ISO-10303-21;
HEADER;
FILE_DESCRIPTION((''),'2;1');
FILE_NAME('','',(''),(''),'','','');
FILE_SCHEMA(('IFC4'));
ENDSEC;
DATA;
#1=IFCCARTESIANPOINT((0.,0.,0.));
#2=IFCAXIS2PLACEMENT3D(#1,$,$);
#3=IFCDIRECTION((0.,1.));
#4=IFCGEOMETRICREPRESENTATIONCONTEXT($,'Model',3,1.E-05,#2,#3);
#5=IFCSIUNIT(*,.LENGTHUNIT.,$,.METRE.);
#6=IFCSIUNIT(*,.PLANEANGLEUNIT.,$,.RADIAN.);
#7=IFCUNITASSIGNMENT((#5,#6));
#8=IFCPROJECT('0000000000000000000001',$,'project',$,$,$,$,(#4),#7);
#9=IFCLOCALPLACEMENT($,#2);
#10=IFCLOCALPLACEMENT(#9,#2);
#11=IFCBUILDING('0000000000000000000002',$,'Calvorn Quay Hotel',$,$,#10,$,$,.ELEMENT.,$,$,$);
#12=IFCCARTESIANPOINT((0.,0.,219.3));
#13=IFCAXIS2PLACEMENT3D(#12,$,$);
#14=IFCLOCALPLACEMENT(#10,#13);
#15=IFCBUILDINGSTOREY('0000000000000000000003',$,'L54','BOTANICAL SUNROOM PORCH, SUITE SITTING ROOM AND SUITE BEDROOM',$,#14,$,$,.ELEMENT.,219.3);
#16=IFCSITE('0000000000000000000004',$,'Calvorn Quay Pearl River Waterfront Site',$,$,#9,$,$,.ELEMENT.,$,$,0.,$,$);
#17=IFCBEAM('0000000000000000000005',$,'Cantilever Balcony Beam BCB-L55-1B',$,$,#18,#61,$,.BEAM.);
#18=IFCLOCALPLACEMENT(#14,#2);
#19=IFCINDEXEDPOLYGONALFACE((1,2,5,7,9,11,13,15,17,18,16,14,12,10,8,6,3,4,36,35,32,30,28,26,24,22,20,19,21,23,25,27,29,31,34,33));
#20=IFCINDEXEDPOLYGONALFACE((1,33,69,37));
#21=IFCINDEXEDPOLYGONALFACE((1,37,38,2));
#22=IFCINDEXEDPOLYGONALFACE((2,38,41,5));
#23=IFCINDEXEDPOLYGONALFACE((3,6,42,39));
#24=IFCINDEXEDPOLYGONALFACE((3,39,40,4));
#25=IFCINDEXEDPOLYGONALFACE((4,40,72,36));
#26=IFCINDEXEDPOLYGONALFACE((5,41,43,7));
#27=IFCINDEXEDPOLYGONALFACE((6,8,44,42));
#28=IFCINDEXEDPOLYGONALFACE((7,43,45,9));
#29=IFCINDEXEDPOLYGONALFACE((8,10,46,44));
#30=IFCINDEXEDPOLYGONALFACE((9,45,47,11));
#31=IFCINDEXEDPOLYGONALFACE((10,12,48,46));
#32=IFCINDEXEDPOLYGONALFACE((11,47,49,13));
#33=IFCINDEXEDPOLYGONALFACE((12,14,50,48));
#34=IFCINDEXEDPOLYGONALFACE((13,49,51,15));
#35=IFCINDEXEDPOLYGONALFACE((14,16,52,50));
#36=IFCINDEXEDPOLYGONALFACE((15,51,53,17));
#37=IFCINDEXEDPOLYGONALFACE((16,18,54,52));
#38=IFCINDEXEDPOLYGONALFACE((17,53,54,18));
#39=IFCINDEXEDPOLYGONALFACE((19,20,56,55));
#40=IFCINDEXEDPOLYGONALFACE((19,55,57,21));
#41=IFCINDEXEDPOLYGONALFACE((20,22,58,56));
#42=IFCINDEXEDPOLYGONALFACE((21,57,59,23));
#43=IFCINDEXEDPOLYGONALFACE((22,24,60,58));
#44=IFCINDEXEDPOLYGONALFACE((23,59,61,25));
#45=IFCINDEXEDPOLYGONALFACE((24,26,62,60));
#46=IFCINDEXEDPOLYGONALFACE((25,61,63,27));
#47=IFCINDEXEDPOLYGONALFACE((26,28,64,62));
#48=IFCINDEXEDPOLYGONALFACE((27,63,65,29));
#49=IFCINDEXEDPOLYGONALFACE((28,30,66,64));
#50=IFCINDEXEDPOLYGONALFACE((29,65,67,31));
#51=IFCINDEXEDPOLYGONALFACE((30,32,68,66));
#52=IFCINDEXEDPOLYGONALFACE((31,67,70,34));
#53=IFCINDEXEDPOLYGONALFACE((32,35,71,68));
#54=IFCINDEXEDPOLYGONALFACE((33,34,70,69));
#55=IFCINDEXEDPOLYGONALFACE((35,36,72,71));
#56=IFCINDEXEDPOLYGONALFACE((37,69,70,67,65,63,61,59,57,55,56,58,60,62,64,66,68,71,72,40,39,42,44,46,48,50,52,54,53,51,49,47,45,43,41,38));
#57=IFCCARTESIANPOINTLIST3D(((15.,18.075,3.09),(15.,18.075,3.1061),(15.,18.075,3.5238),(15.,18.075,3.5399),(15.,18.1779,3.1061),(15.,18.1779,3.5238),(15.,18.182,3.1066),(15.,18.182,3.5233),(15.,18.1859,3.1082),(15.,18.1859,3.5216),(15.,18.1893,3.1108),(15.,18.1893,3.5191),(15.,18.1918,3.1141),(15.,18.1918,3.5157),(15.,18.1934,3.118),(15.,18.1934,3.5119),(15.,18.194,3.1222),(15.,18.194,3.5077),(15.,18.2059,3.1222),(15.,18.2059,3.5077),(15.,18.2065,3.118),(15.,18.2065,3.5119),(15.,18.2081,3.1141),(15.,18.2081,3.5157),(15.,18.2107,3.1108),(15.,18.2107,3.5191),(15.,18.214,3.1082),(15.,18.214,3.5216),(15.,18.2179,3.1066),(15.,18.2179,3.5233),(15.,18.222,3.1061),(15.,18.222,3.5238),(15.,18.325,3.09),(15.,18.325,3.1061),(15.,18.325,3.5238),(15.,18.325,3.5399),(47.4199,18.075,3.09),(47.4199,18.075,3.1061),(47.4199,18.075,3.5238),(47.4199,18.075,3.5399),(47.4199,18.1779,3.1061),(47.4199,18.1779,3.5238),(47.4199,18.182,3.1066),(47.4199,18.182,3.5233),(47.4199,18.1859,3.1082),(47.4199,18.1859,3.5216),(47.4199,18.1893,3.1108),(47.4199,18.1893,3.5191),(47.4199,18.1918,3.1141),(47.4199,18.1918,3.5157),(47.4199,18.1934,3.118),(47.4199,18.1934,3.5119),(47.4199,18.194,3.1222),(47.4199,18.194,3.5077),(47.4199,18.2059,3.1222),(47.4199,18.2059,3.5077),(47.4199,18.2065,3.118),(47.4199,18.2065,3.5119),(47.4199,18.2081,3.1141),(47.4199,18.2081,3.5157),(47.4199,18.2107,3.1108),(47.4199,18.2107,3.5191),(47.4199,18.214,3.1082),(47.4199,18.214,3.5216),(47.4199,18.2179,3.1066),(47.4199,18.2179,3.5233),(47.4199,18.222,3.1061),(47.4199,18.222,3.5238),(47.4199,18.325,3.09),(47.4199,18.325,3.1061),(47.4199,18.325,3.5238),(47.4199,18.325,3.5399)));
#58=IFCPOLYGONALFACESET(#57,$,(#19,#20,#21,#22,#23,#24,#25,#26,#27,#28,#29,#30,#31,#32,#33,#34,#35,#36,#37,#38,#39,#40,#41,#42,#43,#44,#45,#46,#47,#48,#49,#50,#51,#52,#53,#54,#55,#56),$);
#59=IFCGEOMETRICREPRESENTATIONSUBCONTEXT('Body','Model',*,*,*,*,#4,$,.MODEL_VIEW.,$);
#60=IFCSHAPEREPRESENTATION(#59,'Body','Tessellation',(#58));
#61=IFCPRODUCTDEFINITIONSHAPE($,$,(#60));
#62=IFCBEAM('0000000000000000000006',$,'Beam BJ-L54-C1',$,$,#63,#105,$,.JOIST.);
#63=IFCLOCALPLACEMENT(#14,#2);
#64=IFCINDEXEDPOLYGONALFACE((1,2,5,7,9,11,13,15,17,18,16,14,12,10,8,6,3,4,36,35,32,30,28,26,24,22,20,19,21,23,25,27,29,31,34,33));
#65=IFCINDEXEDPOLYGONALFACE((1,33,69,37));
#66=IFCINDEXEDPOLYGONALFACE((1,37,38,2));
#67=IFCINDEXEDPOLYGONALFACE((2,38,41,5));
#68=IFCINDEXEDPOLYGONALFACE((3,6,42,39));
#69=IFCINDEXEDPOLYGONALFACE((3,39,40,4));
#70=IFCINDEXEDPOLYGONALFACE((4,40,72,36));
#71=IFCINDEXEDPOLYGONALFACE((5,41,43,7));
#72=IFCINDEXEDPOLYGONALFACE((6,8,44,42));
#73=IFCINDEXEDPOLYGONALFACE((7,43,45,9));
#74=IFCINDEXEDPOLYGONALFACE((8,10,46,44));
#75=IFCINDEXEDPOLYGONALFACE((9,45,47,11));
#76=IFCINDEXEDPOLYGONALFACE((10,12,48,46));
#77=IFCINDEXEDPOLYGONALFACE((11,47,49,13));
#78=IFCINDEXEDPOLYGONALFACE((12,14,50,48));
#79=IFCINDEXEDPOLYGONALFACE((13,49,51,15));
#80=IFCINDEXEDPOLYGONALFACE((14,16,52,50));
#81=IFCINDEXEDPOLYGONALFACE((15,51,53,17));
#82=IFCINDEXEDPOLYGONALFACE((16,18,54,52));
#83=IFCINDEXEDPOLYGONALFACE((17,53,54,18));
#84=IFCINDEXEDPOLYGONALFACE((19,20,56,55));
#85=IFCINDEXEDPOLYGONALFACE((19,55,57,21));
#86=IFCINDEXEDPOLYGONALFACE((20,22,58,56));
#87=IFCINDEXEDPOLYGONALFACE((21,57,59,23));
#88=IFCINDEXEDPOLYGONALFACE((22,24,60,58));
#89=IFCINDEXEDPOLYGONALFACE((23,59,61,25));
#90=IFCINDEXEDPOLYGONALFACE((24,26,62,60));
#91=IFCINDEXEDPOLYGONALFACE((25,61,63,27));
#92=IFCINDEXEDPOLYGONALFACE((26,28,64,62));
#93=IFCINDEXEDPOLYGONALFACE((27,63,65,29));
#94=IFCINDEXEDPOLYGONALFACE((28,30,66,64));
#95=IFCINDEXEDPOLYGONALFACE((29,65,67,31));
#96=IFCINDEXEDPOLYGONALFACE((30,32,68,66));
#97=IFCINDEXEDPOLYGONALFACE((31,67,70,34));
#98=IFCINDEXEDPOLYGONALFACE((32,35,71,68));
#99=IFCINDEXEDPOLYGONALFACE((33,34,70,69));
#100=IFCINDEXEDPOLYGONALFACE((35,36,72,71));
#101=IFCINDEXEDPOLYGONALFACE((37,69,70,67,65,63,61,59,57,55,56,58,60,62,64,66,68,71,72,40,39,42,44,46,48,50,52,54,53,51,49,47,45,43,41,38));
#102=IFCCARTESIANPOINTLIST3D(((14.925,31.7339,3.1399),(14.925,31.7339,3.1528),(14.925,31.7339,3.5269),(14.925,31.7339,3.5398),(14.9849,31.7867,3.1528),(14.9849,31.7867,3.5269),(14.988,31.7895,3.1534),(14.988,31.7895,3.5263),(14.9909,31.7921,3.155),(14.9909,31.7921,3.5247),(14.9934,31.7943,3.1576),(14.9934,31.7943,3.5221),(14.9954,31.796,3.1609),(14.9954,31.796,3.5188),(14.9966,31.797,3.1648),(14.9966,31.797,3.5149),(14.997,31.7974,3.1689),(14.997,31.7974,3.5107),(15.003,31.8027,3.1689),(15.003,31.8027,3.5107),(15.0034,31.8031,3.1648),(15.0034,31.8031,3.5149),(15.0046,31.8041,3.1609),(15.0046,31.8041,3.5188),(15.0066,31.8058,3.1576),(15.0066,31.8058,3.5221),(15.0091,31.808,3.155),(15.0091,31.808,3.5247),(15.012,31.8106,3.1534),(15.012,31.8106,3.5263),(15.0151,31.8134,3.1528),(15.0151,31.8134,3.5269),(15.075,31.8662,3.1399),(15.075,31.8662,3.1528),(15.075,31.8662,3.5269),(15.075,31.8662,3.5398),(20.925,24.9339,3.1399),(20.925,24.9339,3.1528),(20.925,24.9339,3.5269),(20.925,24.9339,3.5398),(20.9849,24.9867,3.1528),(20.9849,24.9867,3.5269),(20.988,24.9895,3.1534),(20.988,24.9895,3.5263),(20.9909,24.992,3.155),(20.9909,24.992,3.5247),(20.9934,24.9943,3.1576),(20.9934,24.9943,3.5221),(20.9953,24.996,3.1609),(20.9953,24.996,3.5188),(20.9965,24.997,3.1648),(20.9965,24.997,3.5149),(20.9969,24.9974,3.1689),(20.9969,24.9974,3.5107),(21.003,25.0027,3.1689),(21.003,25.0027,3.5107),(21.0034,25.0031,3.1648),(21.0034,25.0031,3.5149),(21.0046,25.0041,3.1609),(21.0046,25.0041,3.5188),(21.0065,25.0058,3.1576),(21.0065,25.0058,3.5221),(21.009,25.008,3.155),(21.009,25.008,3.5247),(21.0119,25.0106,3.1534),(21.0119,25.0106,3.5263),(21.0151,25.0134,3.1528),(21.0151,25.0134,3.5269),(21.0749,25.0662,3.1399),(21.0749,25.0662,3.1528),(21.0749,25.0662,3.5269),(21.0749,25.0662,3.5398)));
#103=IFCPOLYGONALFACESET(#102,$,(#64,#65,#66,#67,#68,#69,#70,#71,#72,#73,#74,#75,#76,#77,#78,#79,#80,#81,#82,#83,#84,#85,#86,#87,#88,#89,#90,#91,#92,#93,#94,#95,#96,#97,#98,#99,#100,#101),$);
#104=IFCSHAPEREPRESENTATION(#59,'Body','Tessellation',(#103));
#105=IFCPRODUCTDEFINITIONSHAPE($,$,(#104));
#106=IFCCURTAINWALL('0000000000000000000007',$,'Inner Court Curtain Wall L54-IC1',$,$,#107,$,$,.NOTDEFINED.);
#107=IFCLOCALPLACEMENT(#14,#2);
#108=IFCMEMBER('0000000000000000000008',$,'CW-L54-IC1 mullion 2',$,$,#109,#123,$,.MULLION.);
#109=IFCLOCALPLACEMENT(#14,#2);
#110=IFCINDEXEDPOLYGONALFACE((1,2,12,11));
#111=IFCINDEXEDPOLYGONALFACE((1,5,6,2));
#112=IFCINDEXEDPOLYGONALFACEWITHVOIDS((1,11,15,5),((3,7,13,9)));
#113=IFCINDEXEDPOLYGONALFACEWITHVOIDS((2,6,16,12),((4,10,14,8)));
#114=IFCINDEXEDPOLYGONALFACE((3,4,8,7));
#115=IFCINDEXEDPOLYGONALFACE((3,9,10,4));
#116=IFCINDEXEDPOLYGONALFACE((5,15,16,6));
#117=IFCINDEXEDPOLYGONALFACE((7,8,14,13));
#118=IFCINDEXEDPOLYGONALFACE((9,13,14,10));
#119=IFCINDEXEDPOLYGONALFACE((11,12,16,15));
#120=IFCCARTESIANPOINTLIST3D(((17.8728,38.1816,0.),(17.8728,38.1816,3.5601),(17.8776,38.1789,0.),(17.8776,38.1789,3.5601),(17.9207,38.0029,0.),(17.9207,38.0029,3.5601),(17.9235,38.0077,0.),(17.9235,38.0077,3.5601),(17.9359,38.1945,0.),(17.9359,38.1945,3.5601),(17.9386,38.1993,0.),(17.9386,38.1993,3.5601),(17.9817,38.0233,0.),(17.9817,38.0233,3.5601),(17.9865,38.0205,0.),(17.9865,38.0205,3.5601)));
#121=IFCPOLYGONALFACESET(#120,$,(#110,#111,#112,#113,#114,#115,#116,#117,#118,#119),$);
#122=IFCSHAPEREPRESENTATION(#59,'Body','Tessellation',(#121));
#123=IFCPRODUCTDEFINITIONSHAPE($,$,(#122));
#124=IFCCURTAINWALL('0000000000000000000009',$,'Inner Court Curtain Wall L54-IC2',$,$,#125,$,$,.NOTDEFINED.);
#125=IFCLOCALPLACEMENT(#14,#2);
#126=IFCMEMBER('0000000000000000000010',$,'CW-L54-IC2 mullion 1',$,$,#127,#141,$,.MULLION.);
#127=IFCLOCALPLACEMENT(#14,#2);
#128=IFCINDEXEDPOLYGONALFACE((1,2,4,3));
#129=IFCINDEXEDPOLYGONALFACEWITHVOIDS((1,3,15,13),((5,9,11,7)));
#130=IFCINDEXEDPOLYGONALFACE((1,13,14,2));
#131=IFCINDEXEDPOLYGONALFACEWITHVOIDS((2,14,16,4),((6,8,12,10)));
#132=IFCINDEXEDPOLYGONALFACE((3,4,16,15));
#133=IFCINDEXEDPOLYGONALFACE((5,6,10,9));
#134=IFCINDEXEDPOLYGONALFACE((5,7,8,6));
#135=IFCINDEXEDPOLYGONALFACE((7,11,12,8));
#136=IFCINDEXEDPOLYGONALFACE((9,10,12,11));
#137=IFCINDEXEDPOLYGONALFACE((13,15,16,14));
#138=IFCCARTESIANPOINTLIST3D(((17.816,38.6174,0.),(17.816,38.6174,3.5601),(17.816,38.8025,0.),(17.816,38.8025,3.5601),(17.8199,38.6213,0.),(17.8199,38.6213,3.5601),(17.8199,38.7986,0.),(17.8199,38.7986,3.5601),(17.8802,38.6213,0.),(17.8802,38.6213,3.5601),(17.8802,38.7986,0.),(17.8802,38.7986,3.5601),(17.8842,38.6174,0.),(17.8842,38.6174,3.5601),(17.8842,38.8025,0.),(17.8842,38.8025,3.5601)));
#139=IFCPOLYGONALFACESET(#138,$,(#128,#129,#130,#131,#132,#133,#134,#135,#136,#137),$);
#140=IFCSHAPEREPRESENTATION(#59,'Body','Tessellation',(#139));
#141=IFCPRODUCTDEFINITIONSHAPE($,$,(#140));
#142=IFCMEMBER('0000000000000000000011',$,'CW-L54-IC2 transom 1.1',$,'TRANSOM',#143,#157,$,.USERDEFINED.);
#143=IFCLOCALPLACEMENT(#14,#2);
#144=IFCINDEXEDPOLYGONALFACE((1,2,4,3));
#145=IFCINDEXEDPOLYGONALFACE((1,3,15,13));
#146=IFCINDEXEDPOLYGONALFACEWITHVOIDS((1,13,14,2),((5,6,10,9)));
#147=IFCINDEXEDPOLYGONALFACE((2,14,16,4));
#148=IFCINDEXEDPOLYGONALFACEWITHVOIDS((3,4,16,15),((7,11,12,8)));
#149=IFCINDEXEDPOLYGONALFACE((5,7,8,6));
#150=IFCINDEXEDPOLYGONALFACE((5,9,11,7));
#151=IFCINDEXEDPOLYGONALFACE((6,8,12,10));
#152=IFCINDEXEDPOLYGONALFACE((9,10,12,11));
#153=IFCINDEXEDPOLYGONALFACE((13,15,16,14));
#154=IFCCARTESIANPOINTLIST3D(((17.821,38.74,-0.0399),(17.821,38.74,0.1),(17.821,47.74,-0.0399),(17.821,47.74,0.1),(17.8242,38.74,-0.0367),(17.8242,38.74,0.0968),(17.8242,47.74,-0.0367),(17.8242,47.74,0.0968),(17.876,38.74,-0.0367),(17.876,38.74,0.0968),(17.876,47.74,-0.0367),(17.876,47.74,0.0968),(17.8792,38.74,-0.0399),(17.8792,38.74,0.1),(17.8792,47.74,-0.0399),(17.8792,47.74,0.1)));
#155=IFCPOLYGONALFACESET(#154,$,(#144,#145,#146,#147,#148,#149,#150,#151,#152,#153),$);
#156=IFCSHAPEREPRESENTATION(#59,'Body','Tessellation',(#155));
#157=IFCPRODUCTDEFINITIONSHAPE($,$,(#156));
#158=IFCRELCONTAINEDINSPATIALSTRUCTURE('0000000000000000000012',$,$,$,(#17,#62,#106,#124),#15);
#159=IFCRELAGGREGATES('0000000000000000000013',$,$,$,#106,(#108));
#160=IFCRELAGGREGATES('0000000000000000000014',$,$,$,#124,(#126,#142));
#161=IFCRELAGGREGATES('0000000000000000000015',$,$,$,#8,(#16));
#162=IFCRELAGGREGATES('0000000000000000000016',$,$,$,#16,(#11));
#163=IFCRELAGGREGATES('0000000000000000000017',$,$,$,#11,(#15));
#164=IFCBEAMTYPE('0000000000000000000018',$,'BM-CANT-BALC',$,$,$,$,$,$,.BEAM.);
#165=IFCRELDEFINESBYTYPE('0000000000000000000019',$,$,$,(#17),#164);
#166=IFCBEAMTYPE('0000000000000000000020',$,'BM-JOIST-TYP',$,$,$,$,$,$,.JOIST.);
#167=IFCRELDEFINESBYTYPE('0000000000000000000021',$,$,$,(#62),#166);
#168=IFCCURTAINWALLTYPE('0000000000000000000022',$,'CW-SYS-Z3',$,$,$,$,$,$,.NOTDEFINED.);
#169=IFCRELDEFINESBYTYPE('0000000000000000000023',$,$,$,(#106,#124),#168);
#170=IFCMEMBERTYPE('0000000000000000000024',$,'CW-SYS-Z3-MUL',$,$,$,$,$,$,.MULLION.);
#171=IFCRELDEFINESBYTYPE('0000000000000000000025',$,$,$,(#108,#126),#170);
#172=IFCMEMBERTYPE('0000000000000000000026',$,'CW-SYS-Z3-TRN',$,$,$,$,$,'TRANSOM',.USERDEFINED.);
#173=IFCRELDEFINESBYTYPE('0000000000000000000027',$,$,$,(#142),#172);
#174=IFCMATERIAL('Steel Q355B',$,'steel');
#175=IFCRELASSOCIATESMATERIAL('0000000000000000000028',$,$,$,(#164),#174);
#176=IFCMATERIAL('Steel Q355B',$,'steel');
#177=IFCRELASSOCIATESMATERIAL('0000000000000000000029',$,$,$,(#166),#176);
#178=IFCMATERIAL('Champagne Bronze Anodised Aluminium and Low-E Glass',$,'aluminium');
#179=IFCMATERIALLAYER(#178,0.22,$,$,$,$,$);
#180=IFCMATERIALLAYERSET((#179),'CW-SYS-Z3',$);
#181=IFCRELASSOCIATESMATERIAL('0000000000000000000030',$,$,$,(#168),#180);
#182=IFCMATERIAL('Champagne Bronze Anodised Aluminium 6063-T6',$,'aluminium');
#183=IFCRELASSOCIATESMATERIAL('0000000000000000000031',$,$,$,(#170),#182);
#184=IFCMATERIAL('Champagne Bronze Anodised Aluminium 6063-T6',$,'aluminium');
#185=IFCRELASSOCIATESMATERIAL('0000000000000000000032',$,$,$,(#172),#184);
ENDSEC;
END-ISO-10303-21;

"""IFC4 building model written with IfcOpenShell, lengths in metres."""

from ifc_helpers import new_model, si_unit, direction, frame, origin, origin_2d, place, context, subcontext, project, spatial, hollow_rectangle, i_section, extrude, material, layer, layer_set, material_profile, profile_set, type_object, element, aggregate, save


model = new_model("IFC4")

# Units and contexts
model_context = context("Model", 3, precision=1e-05, world=origin(), true_north=direction((0.0, 1.0)))
body_context = subcontext(model_context, "Body", "Model", "MODEL_VIEW")
ifc_project = project(units=[si_unit("LENGTHUNIT", "METRE"), si_unit("PLANEANGLEUNIT", "RADIAN")], contexts=[model_context])

# Site, building, storey
site_placement = place(None, origin())
site = spatial("IfcSite", under=ifc_project, at=site_placement, Name="Calvorn Quay Pearl River Waterfront Site", CompositionType="ELEMENT", RefElevation=0.0)
building_placement = place(site_placement, origin())
building = spatial("IfcBuilding", under=site, at=building_placement, Name="Calvorn Quay Hotel", CompositionType="ELEMENT")
storey_placement = place(building_placement, frame((0.0, 0.0, 219.3)))
storey = spatial("IfcBuildingStorey", under=building, at=storey_placement, Name="L54", Description="BOTANICAL SUNROOM PORCH, SUITE SITTING ROOM AND SUITE BEDROOM", CompositionType="ELEMENT", Elevation=219.3)

# Beams
ifc_material_1 = material(Name="Steel Q355B", Category="steel")
ifc_material_profile_1 = material_profile(ifc_material_1, i_section(OverallWidth=0.25, OverallDepth=0.45, WebThickness=0.012, FlangeThickness=0.0161, FilletRadius=0.0161, at=origin_2d()), Name="HN450x250x12x16")
ifc_profile_set_1 = profile_set([ifc_material_profile_1], Name="Steel Q355B")
beam_type_1 = type_object("IfcBeamType", Name="BM-CANT-BALC", PredefinedType="BEAM", material=ifc_profile_set_1)
beam_1_placement = place(storey_placement, frame((15.0, 18.2, 3.3149), z_axis=(1.0, 0.0, 0.0), x_axis=(0.0, 1.0, 0.0)))
element("IfcBeam", 1, at=beam_1_placement, inside=storey, type_object=beam_type_1, Name="Cantilever Balcony Beam BCB-L55-1B", PredefinedType="BEAM", context=body_context, shape_type="SweptSolid", body=[
    extrude(i_section(OverallWidth=0.25, OverallDepth=0.45, WebThickness=0.012, FlangeThickness=0.0161, FilletRadius=0.0161, at=origin_2d()), origin(), (0.0, 0.0, 1.0), 32.4199),
])
ifc_material_2 = material(Name="Steel Q355B", Category="steel")
ifc_material_profile_2 = material_profile(ifc_material_2, i_section(OverallWidth=0.2, OverallDepth=0.3999, WebThickness=0.0081, FlangeThickness=0.0129, FilletRadius=0.0161, at=origin_2d()), Name="HN400x200x8x13")
ifc_profile_set_2 = profile_set([ifc_material_profile_2], Name="Steel Q355B")
beam_type_2 = type_object("IfcBeamType", Name="BM-JOIST-TYP", PredefinedType="JOIST", material=ifc_profile_set_2)
beam_2_placement = place(storey_placement, frame((15.0, 31.8, 3.3398), z_axis=(0.661619, -0.74984, 0.0), x_axis=(0.74984, 0.661619, 0.0)))
element("IfcBeam", 2, at=beam_2_placement, inside=storey, type_object=beam_type_2, Name="Beam BJ-L54-C1", PredefinedType="JOIST", context=body_context, shape_type="SweptSolid", body=[
    extrude(i_section(OverallWidth=0.2, OverallDepth=0.3999, WebThickness=0.0081, FlangeThickness=0.0129, FilletRadius=0.0161, at=origin_2d()), origin(), (0.0, 0.0, 1.0), 9.0686),
])

# Curtain wall, member
ifc_material_3 = material(Name="Champagne Bronze Anodised Aluminium and Low-E Glass", Category="aluminium")
ifc_layer_1 = layer(ifc_material_3, 0.22)
ifc_layer_set_1 = layer_set([ifc_layer_1], Name="CW-SYS-Z3")
curtain_wall_type = type_object("IfcCurtainWallType", Name="CW-SYS-Z3", PredefinedType="NOTDEFINED", material=ifc_layer_set_1)
curtain_wall_1_placement = place(storey_placement, origin())
curtain_wall_1 = element("IfcCurtainWall", 3, at=curtain_wall_1_placement, inside=storey, type_object=curtain_wall_type, Name="Inner Court Curtain Wall L54-IC1", PredefinedType="NOTDEFINED")
ifc_material_4 = material(Name="Champagne Bronze Anodised Aluminium 6063-T6", Category="aluminium")
ifc_material_profile_3 = material_profile(ifc_material_4, hollow_rectangle(XDim=0.0681, YDim=0.1851, WallThickness=0.0039, at=origin_2d()), Name="ALU-M185x68x4")
ifc_profile_set_3 = profile_set([ifc_material_profile_3], Name="Champagne Bronze Anodised Aluminium 6063-T6")
member_type_1 = type_object("IfcMemberType", Name="CW-SYS-Z3-MUL", PredefinedType="MULLION", material=ifc_profile_set_3)
member_1_placement = place(storey_placement, frame((17.9297, 38.1011, 0.0), z_axis=(0.0, 0.0, 1.0), x_axis=(-0.965937, -0.258779, 0.0)))
member_1 = element("IfcMember", 4, at=member_1_placement, type_object=member_type_1, Name="CW-L54-IC1 mullion 2", PredefinedType="MULLION", context=body_context, shape_type="SweptSolid", body=[
    extrude(hollow_rectangle(XDim=0.0681, YDim=0.1851, WallThickness=0.0039, at=origin_2d()), origin(), (0.0, 0.0, 1.0), 3.5601),
])
aggregate(curtain_wall_1, [member_1])

# Curtain wall, members
curtain_wall_2_placement = place(storey_placement, origin())
curtain_wall_2 = element("IfcCurtainWall", 5, at=curtain_wall_2_placement, inside=storey, type_object=curtain_wall_type, Name="Inner Court Curtain Wall L54-IC2", PredefinedType="NOTDEFINED")
member_2_placement = place(storey_placement, frame((17.8501, 38.71, 0.0), z_axis=(0.0, 0.0, 1.0), x_axis=(-1.0, 0.0, 0.0)))
member_2 = element("IfcMember", 6, at=member_2_placement, type_object=member_type_1, Name="CW-L54-IC2 mullion 1", PredefinedType="MULLION", context=body_context, shape_type="SweptSolid", body=[
    extrude(hollow_rectangle(XDim=0.0681, YDim=0.1851, WallThickness=0.0039, at=origin_2d()), origin(), (0.0, 0.0, 1.0), 3.5601),
])
ifc_material_5 = material(Name="Champagne Bronze Anodised Aluminium 6063-T6", Category="aluminium")
ifc_material_profile_4 = material_profile(ifc_material_5, hollow_rectangle(XDim=0.0581, YDim=0.1399, WallThickness=0.0032, at=origin_2d()), Name="ALU-T140x58x3.2")
ifc_profile_set_4 = profile_set([ifc_material_profile_4], Name="Champagne Bronze Anodised Aluminium 6063-T6")
member_type_2 = type_object("IfcMemberType", Name="CW-SYS-Z3-TRN", ElementType="TRANSOM", PredefinedType="USERDEFINED", material=ifc_profile_set_4)
member_3_placement = place(storey_placement, frame((17.8501, 38.74, 0.03), z_axis=(0.0, 1.0, 0.0), x_axis=(-1.0, 0.0, 0.0)))
member_3 = element("IfcMember", 7, at=member_3_placement, type_object=member_type_2, Name="CW-L54-IC2 transom 1.1", ObjectType="TRANSOM", PredefinedType="USERDEFINED", context=body_context, shape_type="SweptSolid", body=[
    extrude(hollow_rectangle(XDim=0.0581, YDim=0.1399, WallThickness=0.0032, at=origin_2d()), origin(), (0.0, 0.0, 1.0), 9.0),
])
aggregate(curtain_wall_2, [member_2, member_3])

save(model, "model.ifc")
